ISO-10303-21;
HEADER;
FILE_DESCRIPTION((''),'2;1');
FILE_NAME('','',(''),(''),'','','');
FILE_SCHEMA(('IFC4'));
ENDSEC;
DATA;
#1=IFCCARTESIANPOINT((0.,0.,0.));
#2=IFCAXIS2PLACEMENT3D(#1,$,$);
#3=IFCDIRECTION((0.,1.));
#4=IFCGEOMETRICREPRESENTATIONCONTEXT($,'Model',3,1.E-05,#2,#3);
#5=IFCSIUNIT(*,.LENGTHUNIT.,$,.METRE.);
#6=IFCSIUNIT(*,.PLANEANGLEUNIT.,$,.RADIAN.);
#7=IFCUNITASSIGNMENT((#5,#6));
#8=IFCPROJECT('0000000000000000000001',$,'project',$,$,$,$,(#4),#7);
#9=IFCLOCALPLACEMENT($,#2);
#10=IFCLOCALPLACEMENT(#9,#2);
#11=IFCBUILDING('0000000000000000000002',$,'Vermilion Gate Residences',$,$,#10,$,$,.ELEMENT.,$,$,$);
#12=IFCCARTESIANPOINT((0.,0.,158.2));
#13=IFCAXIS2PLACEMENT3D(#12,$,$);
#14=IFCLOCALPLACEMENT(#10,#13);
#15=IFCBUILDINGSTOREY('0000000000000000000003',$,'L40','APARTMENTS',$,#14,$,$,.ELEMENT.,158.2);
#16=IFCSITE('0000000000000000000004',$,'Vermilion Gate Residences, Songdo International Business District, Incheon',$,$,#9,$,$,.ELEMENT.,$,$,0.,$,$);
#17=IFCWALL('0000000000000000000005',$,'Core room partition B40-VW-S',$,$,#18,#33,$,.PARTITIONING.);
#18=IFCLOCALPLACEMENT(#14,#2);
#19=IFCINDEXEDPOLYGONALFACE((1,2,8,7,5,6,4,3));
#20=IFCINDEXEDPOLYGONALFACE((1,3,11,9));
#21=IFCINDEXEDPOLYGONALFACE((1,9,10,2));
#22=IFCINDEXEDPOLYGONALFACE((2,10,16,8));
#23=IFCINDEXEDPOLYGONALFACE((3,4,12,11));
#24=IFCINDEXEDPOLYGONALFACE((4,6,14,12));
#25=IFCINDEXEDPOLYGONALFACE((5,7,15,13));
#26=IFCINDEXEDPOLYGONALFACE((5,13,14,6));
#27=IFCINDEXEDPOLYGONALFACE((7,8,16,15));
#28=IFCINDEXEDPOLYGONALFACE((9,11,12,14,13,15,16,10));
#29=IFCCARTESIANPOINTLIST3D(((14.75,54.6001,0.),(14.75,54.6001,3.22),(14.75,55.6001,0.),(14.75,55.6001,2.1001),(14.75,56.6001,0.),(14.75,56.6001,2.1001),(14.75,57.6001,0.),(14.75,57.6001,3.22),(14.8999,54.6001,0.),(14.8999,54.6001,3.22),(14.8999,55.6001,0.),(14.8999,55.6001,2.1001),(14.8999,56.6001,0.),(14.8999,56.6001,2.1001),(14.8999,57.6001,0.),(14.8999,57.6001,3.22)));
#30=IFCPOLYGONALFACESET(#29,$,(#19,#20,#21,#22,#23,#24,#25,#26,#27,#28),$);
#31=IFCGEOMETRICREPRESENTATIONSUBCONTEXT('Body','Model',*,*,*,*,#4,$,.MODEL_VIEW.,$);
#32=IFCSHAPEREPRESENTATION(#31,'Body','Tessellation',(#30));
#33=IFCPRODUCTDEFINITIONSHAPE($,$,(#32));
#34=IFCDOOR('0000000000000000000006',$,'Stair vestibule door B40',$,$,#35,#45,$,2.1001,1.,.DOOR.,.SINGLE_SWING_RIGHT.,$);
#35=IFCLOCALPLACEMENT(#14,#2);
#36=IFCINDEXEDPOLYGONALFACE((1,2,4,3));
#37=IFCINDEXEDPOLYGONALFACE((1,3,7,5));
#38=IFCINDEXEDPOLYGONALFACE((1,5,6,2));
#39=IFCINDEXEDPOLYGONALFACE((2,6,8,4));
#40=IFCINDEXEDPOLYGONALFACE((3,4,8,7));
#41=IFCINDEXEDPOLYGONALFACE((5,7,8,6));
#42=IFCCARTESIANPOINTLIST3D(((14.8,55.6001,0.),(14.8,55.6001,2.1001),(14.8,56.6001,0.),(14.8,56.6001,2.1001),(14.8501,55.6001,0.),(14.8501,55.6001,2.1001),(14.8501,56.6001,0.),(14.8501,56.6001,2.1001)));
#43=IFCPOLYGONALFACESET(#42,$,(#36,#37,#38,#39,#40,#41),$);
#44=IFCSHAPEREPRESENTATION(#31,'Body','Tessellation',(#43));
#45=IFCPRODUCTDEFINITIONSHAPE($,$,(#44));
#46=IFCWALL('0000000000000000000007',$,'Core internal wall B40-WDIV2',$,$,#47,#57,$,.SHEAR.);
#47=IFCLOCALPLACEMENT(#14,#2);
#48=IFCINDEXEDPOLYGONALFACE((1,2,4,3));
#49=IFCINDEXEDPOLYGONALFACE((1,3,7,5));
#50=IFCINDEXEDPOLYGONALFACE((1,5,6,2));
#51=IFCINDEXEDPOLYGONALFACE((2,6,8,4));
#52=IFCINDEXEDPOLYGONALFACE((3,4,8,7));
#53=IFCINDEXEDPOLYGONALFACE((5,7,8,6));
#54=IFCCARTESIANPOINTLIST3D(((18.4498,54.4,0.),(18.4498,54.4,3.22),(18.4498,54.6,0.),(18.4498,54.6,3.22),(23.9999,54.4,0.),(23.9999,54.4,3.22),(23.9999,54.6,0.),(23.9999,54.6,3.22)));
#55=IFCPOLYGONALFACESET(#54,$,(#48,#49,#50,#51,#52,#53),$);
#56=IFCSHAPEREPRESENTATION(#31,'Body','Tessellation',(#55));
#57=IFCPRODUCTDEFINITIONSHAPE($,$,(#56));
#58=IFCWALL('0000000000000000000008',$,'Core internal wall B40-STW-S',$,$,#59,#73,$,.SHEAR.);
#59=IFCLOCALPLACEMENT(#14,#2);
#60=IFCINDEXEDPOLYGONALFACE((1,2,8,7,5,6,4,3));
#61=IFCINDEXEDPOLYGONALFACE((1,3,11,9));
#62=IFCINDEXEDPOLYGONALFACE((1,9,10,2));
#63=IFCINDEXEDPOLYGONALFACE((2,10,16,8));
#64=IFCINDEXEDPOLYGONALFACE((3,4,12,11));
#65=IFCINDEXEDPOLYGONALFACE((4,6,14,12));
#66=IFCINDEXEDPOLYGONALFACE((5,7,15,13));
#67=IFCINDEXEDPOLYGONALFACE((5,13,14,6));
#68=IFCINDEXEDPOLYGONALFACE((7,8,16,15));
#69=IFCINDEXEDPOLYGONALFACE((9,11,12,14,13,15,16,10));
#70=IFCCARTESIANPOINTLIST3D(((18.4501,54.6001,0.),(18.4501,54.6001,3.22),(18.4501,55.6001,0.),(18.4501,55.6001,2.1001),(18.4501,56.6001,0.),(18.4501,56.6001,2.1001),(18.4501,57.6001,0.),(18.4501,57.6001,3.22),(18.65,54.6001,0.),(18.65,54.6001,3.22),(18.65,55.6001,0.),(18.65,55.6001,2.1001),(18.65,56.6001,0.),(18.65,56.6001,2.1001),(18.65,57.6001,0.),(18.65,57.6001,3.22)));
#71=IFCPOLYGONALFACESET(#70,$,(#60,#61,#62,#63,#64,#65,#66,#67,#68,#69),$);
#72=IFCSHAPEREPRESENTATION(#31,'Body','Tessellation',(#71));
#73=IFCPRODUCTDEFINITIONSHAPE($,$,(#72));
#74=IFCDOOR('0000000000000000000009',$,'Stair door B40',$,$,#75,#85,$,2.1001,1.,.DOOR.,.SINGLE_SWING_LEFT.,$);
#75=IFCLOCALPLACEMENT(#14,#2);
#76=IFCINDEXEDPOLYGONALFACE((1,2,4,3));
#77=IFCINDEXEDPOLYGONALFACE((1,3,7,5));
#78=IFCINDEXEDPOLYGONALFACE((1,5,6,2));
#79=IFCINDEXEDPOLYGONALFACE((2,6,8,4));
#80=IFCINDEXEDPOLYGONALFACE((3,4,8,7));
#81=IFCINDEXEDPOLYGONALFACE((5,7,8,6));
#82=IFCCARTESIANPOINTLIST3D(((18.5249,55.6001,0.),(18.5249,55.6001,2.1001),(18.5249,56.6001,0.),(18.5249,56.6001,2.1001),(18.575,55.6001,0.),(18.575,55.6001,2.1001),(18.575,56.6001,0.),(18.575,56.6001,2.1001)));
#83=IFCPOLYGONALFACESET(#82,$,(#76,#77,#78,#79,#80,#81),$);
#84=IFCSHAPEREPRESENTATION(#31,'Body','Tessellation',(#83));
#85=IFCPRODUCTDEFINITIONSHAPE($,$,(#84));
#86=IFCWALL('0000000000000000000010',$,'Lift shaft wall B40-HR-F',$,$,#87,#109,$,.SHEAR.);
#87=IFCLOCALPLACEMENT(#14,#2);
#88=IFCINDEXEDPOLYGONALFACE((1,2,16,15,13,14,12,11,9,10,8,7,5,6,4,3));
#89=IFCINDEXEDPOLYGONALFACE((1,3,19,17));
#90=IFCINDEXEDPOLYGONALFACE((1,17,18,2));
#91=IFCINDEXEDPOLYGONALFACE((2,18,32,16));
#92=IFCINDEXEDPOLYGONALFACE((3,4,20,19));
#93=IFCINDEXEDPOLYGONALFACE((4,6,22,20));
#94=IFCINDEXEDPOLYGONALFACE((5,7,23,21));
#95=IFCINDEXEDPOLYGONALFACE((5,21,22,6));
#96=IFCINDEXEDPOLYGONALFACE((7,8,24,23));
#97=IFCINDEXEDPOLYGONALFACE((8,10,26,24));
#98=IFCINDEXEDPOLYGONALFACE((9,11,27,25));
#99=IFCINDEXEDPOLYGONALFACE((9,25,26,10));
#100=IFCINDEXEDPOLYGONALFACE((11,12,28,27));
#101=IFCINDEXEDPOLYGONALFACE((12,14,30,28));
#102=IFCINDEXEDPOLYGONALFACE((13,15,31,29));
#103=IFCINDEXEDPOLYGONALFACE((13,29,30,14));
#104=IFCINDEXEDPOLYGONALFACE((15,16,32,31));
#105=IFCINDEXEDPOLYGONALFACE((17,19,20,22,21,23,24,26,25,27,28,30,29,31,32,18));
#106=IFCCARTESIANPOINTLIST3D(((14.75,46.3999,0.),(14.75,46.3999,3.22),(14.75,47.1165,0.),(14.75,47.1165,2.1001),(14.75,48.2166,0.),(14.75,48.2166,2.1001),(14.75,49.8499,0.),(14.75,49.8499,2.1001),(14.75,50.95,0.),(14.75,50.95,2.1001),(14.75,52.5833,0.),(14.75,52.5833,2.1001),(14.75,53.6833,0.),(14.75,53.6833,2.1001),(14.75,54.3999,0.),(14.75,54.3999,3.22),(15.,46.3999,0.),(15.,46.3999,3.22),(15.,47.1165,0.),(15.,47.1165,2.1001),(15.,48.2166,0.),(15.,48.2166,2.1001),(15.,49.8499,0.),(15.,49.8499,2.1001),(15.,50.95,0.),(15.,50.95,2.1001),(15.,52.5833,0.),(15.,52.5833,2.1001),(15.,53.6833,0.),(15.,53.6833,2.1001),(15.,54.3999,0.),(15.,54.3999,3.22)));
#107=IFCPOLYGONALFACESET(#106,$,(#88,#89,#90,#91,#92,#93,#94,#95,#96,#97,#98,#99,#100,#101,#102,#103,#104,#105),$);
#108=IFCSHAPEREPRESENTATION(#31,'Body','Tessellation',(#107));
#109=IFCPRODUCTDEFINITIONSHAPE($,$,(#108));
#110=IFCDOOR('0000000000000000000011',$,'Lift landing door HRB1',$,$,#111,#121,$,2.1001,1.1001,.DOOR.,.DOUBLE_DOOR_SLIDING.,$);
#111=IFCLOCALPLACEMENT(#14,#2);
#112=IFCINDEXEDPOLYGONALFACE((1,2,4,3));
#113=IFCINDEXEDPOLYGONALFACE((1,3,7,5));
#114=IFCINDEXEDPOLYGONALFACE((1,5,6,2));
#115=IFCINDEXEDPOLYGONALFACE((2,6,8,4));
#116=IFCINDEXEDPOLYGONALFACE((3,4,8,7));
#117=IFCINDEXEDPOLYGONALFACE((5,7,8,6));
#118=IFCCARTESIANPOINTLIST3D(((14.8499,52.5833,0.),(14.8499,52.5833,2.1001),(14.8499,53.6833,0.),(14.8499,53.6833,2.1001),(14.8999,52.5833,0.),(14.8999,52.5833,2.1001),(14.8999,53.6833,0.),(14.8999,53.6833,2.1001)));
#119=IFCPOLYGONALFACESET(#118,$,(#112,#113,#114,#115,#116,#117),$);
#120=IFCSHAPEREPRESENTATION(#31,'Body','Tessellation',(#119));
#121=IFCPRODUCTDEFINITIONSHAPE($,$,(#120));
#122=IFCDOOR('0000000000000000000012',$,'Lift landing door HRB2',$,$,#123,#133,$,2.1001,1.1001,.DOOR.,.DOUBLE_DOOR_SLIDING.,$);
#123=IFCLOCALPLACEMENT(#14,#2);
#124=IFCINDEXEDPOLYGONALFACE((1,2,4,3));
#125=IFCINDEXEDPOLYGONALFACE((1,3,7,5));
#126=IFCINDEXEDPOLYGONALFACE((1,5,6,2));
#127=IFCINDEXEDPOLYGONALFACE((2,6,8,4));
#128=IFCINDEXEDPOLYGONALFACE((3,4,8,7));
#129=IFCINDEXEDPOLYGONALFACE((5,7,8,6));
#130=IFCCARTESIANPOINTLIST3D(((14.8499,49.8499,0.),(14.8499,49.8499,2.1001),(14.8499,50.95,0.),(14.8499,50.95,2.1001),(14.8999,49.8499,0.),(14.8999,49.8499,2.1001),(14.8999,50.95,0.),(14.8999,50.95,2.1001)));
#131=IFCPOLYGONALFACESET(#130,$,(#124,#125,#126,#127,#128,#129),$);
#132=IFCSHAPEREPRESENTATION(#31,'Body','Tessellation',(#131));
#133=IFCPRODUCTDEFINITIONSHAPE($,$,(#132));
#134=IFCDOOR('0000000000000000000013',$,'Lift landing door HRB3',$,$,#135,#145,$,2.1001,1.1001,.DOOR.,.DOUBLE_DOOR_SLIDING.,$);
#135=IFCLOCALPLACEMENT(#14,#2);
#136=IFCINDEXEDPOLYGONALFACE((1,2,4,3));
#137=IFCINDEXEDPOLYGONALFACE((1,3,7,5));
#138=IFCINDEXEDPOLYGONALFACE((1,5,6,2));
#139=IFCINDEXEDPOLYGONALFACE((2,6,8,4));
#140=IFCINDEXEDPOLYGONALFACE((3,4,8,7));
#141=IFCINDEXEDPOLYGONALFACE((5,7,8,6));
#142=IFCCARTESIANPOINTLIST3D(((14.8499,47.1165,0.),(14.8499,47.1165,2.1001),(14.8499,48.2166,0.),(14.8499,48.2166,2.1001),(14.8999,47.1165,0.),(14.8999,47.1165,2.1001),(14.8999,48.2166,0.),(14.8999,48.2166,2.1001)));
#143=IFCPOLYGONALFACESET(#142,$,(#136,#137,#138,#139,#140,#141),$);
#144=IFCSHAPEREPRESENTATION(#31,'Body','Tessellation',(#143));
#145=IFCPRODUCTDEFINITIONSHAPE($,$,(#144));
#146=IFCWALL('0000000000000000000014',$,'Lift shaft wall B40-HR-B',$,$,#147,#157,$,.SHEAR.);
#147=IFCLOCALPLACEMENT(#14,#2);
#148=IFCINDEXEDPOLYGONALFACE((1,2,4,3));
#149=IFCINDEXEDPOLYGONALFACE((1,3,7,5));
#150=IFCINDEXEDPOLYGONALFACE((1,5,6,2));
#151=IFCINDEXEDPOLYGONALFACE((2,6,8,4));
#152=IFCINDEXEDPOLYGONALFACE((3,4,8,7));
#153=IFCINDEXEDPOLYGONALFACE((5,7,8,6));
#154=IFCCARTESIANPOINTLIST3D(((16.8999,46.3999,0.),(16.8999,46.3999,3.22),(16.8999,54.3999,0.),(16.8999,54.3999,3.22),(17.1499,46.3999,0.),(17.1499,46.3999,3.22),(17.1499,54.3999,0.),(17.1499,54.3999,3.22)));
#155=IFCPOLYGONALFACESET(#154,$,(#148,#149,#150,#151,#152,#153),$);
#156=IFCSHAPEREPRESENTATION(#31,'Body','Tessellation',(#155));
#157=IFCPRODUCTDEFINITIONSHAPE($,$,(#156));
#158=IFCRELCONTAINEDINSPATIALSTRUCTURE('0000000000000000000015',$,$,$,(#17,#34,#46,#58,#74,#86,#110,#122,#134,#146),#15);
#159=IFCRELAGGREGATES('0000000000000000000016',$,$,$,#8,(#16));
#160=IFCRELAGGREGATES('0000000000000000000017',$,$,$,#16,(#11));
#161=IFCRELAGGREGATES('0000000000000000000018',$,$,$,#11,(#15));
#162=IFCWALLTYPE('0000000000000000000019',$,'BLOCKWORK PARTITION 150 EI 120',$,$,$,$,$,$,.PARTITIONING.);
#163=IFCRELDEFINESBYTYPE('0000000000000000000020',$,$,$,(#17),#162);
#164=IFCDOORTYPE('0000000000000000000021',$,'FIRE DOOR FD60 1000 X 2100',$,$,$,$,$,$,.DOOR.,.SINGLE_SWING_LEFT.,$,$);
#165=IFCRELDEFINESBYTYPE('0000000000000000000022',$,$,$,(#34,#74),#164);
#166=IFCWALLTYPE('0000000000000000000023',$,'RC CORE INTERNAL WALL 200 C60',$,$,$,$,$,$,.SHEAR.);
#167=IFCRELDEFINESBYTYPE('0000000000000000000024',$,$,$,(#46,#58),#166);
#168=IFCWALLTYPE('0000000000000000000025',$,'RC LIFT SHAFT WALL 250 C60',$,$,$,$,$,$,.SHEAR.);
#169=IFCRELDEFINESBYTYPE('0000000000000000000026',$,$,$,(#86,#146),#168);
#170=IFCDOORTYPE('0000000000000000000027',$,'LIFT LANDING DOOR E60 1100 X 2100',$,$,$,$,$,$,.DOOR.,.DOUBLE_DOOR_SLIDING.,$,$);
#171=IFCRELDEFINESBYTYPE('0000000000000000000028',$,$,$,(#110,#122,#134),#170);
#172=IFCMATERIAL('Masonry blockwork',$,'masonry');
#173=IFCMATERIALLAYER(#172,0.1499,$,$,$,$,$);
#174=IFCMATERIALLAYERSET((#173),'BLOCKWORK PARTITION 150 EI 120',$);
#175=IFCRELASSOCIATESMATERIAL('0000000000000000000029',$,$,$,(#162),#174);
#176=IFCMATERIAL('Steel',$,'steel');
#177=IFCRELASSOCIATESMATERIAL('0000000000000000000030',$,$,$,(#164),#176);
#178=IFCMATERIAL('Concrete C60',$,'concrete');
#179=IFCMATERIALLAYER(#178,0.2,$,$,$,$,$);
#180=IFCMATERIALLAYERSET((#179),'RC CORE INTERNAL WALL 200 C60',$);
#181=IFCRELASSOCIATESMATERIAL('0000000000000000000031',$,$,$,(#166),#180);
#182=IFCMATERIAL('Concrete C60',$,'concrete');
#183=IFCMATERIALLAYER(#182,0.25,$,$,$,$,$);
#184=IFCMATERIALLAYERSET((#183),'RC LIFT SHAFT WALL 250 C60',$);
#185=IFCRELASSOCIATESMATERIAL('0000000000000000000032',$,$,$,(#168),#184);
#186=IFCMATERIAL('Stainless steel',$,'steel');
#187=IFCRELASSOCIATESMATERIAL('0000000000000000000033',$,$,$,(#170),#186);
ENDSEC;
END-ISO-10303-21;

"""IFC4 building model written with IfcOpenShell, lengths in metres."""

from ifc_helpers import new_model, si_unit, direction, frame, frame_2d, origin, place, context, subcontext, project, spatial, rectangle, extrude, material, layer, layer_set, type_object, element, fill, save


model = new_model("IFC4")

# Units and contexts
model_context = context("Model", 3, precision=1e-05, world=origin(), true_north=direction((0.0, 1.0)))
body_context = subcontext(model_context, "Body", "Model", "MODEL_VIEW")
ifc_project = project(units=[si_unit("LENGTHUNIT", "METRE"), si_unit("PLANEANGLEUNIT", "RADIAN")], contexts=[model_context])

# Site, building, storey
site_placement = place(None, origin())
site = spatial("IfcSite", under=ifc_project, at=site_placement, Name="Vermilion Gate Residences, Songdo International Business District, Incheon", CompositionType="ELEMENT", RefElevation=0.0)
building_placement = place(site_placement, origin())
building = spatial("IfcBuilding", under=site, at=building_placement, Name="Vermilion Gate Residences", CompositionType="ELEMENT")
storey_placement = place(building_placement, frame((0.0, 0.0, 158.2)))
storey = spatial("IfcBuildingStorey", under=building, at=storey_placement, Name="L40", Description="APARTMENTS", CompositionType="ELEMENT", Elevation=158.2)

# Wall, opening, door
ifc_material_1 = material(Name="Masonry blockwork", Category="masonry")
ifc_layer_1 = layer(ifc_material_1, 0.1499)
ifc_layer_set_1 = layer_set([ifc_layer_1], Name="BLOCKWORK PARTITION 150 EI 120")
wall_type_1 = type_object("IfcWallType", Name="BLOCKWORK PARTITION 150 EI 120", PredefinedType="PARTITIONING", material=ifc_layer_set_1)
wall_1_placement = place(storey_placement, frame((14.825, 57.6001, 0.0), z_axis=(0.0, 0.0, 1.0), x_axis=(0.0, -1.0, 0.0)))
wall_1 = element("IfcWall", 1, at=wall_1_placement, inside=storey, type_object=wall_type_1, Name="Core room partition B40-VW-S", PredefinedType="PARTITIONING", context=body_context, shape_type="SweptSolid", body=[
    extrude(rectangle(XDim=3.0, YDim=0.1499, at=frame_2d((1.5, 0.0))), origin(), (0.0, 0.0, 1.0), 3.22),
])
opening_1_placement = place(wall_1_placement, frame((1.0, 0.0, 0.0)))
opening_1 = element("IfcOpeningElement", 2, at=opening_1_placement, cuts=wall_1, PredefinedType="OPENING", context=body_context, shape_type="SweptSolid", body=[
    extrude(rectangle(XDim=1.0, YDim=2.1001, at=frame_2d((0.5, 1.05))), frame((0.0, 0.085, 0.0), z_axis=(0.0, -1.0, 0.0), x_axis=(1.0, 0.0, 0.0)), (0.0, 0.0, 1.0), 0.1699),
])
ifc_material_2 = material(Name="Steel", Category="steel")
door_type_1 = type_object("IfcDoorType", Name="FIRE DOOR FD60 1000 X 2100", OperationType="SINGLE_SWING_LEFT", PredefinedType="DOOR", material=ifc_material_2)
door_1_placement = place(opening_1_placement, frame((1.0, 0.0, 0.0), z_axis=(0.0, 0.0, 1.0), x_axis=(-1.0, 0.0, 0.0)))
door_1 = element("IfcDoor", 3, at=door_1_placement, inside=storey, type_object=door_type_1, Name="Stair vestibule door B40", OperationType="SINGLE_SWING_RIGHT", OverallHeight=2.1001, OverallWidth=1.0, PredefinedType="DOOR", context=body_context, shape_type="SweptSolid", body=[
    extrude(rectangle(XDim=1.0, YDim=2.1001, at=frame_2d((0.5, 1.05))), frame((0.0, 0.0249, 0.0), z_axis=(0.0, -1.0, 0.0), x_axis=(1.0, 0.0, 0.0)), (0.0, 0.0, 1.0), 0.05),
])
fill(opening_1, door_1)

# Wall
ifc_material_3 = material(Name="Concrete C60", Category="concrete")
ifc_layer_2 = layer(ifc_material_3, 0.2)
ifc_layer_set_2 = layer_set([ifc_layer_2], Name="RC CORE INTERNAL WALL 200 C60")
wall_type_2 = type_object("IfcWallType", Name="RC CORE INTERNAL WALL 200 C60", PredefinedType="SHEAR", material=ifc_layer_set_2)
wall_2_placement = place(storey_placement, frame((18.45, 54.5, 0.0), z_axis=(0.0, 0.0, 1.0), x_axis=(1.0, 0.0, 0.0)))
element("IfcWall", 4, at=wall_2_placement, inside=storey, type_object=wall_type_2, Name="Core internal wall B40-WDIV2", PredefinedType="SHEAR", context=body_context, shape_type="SweptSolid", body=[
    extrude(rectangle(XDim=5.55, YDim=0.2, at=frame_2d((2.7749, 0.0))), origin(), (0.0, 0.0, 1.0), 3.22),
])

# Wall, opening, door
wall_3_placement = place(storey_placement, frame((18.55, 57.6001, 0.0), z_axis=(0.0, 0.0, 1.0), x_axis=(0.0, -1.0, 0.0)))
wall_3 = element("IfcWall", 5, at=wall_3_placement, inside=storey, type_object=wall_type_2, Name="Core internal wall B40-STW-S", PredefinedType="SHEAR", context=body_context, shape_type="SweptSolid", body=[
    extrude(rectangle(XDim=3.0, YDim=0.2, at=frame_2d((1.5, 0.0))), origin(), (0.0, 0.0, 1.0), 3.22),
])
opening_2_placement = place(wall_3_placement, frame((1.0, 0.0, 0.0)))
opening_2 = element("IfcOpeningElement", 6, at=opening_2_placement, cuts=wall_3, PredefinedType="OPENING", context=body_context, shape_type="SweptSolid", body=[
    extrude(rectangle(XDim=1.0, YDim=2.1001, at=frame_2d((0.5, 1.05))), frame((0.0, 0.1099, 0.0), z_axis=(0.0, -1.0, 0.0), x_axis=(1.0, 0.0, 0.0)), (0.0, 0.0, 1.0), 0.22),
])
door_2_placement = place(opening_2_placement, origin())
door_2 = element("IfcDoor", 7, at=door_2_placement, inside=storey, type_object=door_type_1, Name="Stair door B40", OperationType="SINGLE_SWING_LEFT", OverallHeight=2.1001, OverallWidth=1.0, PredefinedType="DOOR", context=body_context, shape_type="SweptSolid", body=[
    extrude(rectangle(XDim=1.0, YDim=2.1001, at=frame_2d((0.5, 1.05))), frame((0.0, 0.0249, 0.0), z_axis=(0.0, -1.0, 0.0), x_axis=(1.0, 0.0, 0.0)), (0.0, 0.0, 1.0), 0.05),
])
fill(opening_2, door_2)

# Wall, openings, doors
ifc_material_4 = material(Name="Concrete C60", Category="concrete")
ifc_layer_3 = layer(ifc_material_4, 0.25)
ifc_layer_set_3 = layer_set([ifc_layer_3], Name="RC LIFT SHAFT WALL 250 C60")
wall_type_3 = type_object("IfcWallType", Name="RC LIFT SHAFT WALL 250 C60", PredefinedType="SHEAR", material=ifc_layer_set_3)
wall_4_placement = place(storey_placement, frame((14.875, 54.3999, 0.0), z_axis=(0.0, 0.0, 1.0), x_axis=(0.0, -1.0, 0.0)))
wall_4 = element("IfcWall", 8, at=wall_4_placement, inside=storey, type_object=wall_type_3, Name="Lift shaft wall B40-HR-F", PredefinedType="SHEAR", context=body_context, shape_type="SweptSolid", body=[
    extrude(rectangle(XDim=8.0, YDim=0.25, at=frame_2d((4.0, 0.0))), origin(), (0.0, 0.0, 1.0), 3.22),
])
opening_3_placement = place(wall_4_placement, frame((0.7166, 0.0, 0.0)))
opening_3 = element("IfcOpeningElement", 9, at=opening_3_placement, cuts=wall_4, PredefinedType="OPENING", context=body_context, shape_type="SweptSolid", body=[
    extrude(rectangle(XDim=1.1001, YDim=2.1001, at=frame_2d((0.55, 1.05))), frame((0.0, 0.135, 0.0), z_axis=(0.0, -1.0, 0.0), x_axis=(1.0, 0.0, 0.0)), (0.0, 0.0, 1.0), 0.27),
])
opening_4_placement = place(wall_4_placement, frame((3.45, 0.0, 0.0)))
opening_4 = element("IfcOpeningElement", 10, at=opening_4_placement, cuts=wall_4, PredefinedType="OPENING", context=body_context, shape_type="SweptSolid", body=[
    extrude(rectangle(XDim=1.1001, YDim=2.1001, at=frame_2d((0.55, 1.05))), frame((0.0, 0.135, 0.0), z_axis=(0.0, -1.0, 0.0), x_axis=(1.0, 0.0, 0.0)), (0.0, 0.0, 1.0), 0.27),
])
opening_5_placement = place(wall_4_placement, frame((6.1833, 0.0, 0.0)))
opening_5 = element("IfcOpeningElement", 11, at=opening_5_placement, cuts=wall_4, PredefinedType="OPENING", context=body_context, shape_type="SweptSolid", body=[
    extrude(rectangle(XDim=1.1001, YDim=2.1001, at=frame_2d((0.55, 1.05))), frame((0.0, 0.135, 0.0), z_axis=(0.0, -1.0, 0.0), x_axis=(1.0, 0.0, 0.0)), (0.0, 0.0, 1.0), 0.27),
])
ifc_material_5 = material(Name="Stainless steel", Category="steel")
door_type_2 = type_object("IfcDoorType", Name="LIFT LANDING DOOR E60 1100 X 2100", OperationType="DOUBLE_DOOR_SLIDING", PredefinedType="DOOR", material=ifc_material_5)
door_3_placement = place(opening_3_placement, origin())
door_3 = element("IfcDoor", 12, at=door_3_placement, inside=storey, type_object=door_type_2, Name="Lift landing door HRB1", OperationType="DOUBLE_DOOR_SLIDING", OverallHeight=2.1001, OverallWidth=1.1001, PredefinedType="DOOR", context=body_context, shape_type="SweptSolid", body=[
    extrude(rectangle(XDim=1.1001, YDim=2.1001, at=frame_2d((0.55, 1.05))), frame((0.0, 0.0249, 0.0), z_axis=(0.0, -1.0, 0.0), x_axis=(1.0, 0.0, 0.0)), (0.0, 0.0, 1.0), 0.05),
])
fill(opening_3, door_3)
door_4_placement = place(opening_4_placement, origin())
door_4 = element("IfcDoor", 13, at=door_4_placement, inside=storey, type_object=door_type_2, Name="Lift landing door HRB2", OperationType="DOUBLE_DOOR_SLIDING", OverallHeight=2.1001, OverallWidth=1.1001, PredefinedType="DOOR", context=body_context, shape_type="SweptSolid", body=[
    extrude(rectangle(XDim=1.1001, YDim=2.1001, at=frame_2d((0.55, 1.05))), frame((0.0, 0.0249, 0.0), z_axis=(0.0, -1.0, 0.0), x_axis=(1.0, 0.0, 0.0)), (0.0, 0.0, 1.0), 0.05),
])
fill(opening_4, door_4)
door_5_placement = place(opening_5_placement, origin())
door_5 = element("IfcDoor", 14, at=door_5_placement, inside=storey, type_object=door_type_2, Name="Lift landing door HRB3", OperationType="DOUBLE_DOOR_SLIDING", OverallHeight=2.1001, OverallWidth=1.1001, PredefinedType="DOOR", context=body_context, shape_type="SweptSolid", body=[
    extrude(rectangle(XDim=1.1001, YDim=2.1001, at=frame_2d((0.55, 1.05))), frame((0.0, 0.0249, 0.0), z_axis=(0.0, -1.0, 0.0), x_axis=(1.0, 0.0, 0.0)), (0.0, 0.0, 1.0), 0.05),
])
fill(opening_5, door_5)

# Wall
wall_5_placement = place(storey_placement, frame((17.0249, 54.3999, 0.0), z_axis=(0.0, 0.0, 1.0), x_axis=(0.0, -1.0, 0.0)))
element("IfcWall", 15, at=wall_5_placement, inside=storey, type_object=wall_type_3, Name="Lift shaft wall B40-HR-B", PredefinedType="SHEAR", context=body_context, shape_type="SweptSolid", body=[
    extrude(rectangle(XDim=8.0, YDim=0.25, at=frame_2d((4.0, 0.0))), origin(), (0.0, 0.0, 1.0), 3.22),
])

save(model, "model.ifc")
